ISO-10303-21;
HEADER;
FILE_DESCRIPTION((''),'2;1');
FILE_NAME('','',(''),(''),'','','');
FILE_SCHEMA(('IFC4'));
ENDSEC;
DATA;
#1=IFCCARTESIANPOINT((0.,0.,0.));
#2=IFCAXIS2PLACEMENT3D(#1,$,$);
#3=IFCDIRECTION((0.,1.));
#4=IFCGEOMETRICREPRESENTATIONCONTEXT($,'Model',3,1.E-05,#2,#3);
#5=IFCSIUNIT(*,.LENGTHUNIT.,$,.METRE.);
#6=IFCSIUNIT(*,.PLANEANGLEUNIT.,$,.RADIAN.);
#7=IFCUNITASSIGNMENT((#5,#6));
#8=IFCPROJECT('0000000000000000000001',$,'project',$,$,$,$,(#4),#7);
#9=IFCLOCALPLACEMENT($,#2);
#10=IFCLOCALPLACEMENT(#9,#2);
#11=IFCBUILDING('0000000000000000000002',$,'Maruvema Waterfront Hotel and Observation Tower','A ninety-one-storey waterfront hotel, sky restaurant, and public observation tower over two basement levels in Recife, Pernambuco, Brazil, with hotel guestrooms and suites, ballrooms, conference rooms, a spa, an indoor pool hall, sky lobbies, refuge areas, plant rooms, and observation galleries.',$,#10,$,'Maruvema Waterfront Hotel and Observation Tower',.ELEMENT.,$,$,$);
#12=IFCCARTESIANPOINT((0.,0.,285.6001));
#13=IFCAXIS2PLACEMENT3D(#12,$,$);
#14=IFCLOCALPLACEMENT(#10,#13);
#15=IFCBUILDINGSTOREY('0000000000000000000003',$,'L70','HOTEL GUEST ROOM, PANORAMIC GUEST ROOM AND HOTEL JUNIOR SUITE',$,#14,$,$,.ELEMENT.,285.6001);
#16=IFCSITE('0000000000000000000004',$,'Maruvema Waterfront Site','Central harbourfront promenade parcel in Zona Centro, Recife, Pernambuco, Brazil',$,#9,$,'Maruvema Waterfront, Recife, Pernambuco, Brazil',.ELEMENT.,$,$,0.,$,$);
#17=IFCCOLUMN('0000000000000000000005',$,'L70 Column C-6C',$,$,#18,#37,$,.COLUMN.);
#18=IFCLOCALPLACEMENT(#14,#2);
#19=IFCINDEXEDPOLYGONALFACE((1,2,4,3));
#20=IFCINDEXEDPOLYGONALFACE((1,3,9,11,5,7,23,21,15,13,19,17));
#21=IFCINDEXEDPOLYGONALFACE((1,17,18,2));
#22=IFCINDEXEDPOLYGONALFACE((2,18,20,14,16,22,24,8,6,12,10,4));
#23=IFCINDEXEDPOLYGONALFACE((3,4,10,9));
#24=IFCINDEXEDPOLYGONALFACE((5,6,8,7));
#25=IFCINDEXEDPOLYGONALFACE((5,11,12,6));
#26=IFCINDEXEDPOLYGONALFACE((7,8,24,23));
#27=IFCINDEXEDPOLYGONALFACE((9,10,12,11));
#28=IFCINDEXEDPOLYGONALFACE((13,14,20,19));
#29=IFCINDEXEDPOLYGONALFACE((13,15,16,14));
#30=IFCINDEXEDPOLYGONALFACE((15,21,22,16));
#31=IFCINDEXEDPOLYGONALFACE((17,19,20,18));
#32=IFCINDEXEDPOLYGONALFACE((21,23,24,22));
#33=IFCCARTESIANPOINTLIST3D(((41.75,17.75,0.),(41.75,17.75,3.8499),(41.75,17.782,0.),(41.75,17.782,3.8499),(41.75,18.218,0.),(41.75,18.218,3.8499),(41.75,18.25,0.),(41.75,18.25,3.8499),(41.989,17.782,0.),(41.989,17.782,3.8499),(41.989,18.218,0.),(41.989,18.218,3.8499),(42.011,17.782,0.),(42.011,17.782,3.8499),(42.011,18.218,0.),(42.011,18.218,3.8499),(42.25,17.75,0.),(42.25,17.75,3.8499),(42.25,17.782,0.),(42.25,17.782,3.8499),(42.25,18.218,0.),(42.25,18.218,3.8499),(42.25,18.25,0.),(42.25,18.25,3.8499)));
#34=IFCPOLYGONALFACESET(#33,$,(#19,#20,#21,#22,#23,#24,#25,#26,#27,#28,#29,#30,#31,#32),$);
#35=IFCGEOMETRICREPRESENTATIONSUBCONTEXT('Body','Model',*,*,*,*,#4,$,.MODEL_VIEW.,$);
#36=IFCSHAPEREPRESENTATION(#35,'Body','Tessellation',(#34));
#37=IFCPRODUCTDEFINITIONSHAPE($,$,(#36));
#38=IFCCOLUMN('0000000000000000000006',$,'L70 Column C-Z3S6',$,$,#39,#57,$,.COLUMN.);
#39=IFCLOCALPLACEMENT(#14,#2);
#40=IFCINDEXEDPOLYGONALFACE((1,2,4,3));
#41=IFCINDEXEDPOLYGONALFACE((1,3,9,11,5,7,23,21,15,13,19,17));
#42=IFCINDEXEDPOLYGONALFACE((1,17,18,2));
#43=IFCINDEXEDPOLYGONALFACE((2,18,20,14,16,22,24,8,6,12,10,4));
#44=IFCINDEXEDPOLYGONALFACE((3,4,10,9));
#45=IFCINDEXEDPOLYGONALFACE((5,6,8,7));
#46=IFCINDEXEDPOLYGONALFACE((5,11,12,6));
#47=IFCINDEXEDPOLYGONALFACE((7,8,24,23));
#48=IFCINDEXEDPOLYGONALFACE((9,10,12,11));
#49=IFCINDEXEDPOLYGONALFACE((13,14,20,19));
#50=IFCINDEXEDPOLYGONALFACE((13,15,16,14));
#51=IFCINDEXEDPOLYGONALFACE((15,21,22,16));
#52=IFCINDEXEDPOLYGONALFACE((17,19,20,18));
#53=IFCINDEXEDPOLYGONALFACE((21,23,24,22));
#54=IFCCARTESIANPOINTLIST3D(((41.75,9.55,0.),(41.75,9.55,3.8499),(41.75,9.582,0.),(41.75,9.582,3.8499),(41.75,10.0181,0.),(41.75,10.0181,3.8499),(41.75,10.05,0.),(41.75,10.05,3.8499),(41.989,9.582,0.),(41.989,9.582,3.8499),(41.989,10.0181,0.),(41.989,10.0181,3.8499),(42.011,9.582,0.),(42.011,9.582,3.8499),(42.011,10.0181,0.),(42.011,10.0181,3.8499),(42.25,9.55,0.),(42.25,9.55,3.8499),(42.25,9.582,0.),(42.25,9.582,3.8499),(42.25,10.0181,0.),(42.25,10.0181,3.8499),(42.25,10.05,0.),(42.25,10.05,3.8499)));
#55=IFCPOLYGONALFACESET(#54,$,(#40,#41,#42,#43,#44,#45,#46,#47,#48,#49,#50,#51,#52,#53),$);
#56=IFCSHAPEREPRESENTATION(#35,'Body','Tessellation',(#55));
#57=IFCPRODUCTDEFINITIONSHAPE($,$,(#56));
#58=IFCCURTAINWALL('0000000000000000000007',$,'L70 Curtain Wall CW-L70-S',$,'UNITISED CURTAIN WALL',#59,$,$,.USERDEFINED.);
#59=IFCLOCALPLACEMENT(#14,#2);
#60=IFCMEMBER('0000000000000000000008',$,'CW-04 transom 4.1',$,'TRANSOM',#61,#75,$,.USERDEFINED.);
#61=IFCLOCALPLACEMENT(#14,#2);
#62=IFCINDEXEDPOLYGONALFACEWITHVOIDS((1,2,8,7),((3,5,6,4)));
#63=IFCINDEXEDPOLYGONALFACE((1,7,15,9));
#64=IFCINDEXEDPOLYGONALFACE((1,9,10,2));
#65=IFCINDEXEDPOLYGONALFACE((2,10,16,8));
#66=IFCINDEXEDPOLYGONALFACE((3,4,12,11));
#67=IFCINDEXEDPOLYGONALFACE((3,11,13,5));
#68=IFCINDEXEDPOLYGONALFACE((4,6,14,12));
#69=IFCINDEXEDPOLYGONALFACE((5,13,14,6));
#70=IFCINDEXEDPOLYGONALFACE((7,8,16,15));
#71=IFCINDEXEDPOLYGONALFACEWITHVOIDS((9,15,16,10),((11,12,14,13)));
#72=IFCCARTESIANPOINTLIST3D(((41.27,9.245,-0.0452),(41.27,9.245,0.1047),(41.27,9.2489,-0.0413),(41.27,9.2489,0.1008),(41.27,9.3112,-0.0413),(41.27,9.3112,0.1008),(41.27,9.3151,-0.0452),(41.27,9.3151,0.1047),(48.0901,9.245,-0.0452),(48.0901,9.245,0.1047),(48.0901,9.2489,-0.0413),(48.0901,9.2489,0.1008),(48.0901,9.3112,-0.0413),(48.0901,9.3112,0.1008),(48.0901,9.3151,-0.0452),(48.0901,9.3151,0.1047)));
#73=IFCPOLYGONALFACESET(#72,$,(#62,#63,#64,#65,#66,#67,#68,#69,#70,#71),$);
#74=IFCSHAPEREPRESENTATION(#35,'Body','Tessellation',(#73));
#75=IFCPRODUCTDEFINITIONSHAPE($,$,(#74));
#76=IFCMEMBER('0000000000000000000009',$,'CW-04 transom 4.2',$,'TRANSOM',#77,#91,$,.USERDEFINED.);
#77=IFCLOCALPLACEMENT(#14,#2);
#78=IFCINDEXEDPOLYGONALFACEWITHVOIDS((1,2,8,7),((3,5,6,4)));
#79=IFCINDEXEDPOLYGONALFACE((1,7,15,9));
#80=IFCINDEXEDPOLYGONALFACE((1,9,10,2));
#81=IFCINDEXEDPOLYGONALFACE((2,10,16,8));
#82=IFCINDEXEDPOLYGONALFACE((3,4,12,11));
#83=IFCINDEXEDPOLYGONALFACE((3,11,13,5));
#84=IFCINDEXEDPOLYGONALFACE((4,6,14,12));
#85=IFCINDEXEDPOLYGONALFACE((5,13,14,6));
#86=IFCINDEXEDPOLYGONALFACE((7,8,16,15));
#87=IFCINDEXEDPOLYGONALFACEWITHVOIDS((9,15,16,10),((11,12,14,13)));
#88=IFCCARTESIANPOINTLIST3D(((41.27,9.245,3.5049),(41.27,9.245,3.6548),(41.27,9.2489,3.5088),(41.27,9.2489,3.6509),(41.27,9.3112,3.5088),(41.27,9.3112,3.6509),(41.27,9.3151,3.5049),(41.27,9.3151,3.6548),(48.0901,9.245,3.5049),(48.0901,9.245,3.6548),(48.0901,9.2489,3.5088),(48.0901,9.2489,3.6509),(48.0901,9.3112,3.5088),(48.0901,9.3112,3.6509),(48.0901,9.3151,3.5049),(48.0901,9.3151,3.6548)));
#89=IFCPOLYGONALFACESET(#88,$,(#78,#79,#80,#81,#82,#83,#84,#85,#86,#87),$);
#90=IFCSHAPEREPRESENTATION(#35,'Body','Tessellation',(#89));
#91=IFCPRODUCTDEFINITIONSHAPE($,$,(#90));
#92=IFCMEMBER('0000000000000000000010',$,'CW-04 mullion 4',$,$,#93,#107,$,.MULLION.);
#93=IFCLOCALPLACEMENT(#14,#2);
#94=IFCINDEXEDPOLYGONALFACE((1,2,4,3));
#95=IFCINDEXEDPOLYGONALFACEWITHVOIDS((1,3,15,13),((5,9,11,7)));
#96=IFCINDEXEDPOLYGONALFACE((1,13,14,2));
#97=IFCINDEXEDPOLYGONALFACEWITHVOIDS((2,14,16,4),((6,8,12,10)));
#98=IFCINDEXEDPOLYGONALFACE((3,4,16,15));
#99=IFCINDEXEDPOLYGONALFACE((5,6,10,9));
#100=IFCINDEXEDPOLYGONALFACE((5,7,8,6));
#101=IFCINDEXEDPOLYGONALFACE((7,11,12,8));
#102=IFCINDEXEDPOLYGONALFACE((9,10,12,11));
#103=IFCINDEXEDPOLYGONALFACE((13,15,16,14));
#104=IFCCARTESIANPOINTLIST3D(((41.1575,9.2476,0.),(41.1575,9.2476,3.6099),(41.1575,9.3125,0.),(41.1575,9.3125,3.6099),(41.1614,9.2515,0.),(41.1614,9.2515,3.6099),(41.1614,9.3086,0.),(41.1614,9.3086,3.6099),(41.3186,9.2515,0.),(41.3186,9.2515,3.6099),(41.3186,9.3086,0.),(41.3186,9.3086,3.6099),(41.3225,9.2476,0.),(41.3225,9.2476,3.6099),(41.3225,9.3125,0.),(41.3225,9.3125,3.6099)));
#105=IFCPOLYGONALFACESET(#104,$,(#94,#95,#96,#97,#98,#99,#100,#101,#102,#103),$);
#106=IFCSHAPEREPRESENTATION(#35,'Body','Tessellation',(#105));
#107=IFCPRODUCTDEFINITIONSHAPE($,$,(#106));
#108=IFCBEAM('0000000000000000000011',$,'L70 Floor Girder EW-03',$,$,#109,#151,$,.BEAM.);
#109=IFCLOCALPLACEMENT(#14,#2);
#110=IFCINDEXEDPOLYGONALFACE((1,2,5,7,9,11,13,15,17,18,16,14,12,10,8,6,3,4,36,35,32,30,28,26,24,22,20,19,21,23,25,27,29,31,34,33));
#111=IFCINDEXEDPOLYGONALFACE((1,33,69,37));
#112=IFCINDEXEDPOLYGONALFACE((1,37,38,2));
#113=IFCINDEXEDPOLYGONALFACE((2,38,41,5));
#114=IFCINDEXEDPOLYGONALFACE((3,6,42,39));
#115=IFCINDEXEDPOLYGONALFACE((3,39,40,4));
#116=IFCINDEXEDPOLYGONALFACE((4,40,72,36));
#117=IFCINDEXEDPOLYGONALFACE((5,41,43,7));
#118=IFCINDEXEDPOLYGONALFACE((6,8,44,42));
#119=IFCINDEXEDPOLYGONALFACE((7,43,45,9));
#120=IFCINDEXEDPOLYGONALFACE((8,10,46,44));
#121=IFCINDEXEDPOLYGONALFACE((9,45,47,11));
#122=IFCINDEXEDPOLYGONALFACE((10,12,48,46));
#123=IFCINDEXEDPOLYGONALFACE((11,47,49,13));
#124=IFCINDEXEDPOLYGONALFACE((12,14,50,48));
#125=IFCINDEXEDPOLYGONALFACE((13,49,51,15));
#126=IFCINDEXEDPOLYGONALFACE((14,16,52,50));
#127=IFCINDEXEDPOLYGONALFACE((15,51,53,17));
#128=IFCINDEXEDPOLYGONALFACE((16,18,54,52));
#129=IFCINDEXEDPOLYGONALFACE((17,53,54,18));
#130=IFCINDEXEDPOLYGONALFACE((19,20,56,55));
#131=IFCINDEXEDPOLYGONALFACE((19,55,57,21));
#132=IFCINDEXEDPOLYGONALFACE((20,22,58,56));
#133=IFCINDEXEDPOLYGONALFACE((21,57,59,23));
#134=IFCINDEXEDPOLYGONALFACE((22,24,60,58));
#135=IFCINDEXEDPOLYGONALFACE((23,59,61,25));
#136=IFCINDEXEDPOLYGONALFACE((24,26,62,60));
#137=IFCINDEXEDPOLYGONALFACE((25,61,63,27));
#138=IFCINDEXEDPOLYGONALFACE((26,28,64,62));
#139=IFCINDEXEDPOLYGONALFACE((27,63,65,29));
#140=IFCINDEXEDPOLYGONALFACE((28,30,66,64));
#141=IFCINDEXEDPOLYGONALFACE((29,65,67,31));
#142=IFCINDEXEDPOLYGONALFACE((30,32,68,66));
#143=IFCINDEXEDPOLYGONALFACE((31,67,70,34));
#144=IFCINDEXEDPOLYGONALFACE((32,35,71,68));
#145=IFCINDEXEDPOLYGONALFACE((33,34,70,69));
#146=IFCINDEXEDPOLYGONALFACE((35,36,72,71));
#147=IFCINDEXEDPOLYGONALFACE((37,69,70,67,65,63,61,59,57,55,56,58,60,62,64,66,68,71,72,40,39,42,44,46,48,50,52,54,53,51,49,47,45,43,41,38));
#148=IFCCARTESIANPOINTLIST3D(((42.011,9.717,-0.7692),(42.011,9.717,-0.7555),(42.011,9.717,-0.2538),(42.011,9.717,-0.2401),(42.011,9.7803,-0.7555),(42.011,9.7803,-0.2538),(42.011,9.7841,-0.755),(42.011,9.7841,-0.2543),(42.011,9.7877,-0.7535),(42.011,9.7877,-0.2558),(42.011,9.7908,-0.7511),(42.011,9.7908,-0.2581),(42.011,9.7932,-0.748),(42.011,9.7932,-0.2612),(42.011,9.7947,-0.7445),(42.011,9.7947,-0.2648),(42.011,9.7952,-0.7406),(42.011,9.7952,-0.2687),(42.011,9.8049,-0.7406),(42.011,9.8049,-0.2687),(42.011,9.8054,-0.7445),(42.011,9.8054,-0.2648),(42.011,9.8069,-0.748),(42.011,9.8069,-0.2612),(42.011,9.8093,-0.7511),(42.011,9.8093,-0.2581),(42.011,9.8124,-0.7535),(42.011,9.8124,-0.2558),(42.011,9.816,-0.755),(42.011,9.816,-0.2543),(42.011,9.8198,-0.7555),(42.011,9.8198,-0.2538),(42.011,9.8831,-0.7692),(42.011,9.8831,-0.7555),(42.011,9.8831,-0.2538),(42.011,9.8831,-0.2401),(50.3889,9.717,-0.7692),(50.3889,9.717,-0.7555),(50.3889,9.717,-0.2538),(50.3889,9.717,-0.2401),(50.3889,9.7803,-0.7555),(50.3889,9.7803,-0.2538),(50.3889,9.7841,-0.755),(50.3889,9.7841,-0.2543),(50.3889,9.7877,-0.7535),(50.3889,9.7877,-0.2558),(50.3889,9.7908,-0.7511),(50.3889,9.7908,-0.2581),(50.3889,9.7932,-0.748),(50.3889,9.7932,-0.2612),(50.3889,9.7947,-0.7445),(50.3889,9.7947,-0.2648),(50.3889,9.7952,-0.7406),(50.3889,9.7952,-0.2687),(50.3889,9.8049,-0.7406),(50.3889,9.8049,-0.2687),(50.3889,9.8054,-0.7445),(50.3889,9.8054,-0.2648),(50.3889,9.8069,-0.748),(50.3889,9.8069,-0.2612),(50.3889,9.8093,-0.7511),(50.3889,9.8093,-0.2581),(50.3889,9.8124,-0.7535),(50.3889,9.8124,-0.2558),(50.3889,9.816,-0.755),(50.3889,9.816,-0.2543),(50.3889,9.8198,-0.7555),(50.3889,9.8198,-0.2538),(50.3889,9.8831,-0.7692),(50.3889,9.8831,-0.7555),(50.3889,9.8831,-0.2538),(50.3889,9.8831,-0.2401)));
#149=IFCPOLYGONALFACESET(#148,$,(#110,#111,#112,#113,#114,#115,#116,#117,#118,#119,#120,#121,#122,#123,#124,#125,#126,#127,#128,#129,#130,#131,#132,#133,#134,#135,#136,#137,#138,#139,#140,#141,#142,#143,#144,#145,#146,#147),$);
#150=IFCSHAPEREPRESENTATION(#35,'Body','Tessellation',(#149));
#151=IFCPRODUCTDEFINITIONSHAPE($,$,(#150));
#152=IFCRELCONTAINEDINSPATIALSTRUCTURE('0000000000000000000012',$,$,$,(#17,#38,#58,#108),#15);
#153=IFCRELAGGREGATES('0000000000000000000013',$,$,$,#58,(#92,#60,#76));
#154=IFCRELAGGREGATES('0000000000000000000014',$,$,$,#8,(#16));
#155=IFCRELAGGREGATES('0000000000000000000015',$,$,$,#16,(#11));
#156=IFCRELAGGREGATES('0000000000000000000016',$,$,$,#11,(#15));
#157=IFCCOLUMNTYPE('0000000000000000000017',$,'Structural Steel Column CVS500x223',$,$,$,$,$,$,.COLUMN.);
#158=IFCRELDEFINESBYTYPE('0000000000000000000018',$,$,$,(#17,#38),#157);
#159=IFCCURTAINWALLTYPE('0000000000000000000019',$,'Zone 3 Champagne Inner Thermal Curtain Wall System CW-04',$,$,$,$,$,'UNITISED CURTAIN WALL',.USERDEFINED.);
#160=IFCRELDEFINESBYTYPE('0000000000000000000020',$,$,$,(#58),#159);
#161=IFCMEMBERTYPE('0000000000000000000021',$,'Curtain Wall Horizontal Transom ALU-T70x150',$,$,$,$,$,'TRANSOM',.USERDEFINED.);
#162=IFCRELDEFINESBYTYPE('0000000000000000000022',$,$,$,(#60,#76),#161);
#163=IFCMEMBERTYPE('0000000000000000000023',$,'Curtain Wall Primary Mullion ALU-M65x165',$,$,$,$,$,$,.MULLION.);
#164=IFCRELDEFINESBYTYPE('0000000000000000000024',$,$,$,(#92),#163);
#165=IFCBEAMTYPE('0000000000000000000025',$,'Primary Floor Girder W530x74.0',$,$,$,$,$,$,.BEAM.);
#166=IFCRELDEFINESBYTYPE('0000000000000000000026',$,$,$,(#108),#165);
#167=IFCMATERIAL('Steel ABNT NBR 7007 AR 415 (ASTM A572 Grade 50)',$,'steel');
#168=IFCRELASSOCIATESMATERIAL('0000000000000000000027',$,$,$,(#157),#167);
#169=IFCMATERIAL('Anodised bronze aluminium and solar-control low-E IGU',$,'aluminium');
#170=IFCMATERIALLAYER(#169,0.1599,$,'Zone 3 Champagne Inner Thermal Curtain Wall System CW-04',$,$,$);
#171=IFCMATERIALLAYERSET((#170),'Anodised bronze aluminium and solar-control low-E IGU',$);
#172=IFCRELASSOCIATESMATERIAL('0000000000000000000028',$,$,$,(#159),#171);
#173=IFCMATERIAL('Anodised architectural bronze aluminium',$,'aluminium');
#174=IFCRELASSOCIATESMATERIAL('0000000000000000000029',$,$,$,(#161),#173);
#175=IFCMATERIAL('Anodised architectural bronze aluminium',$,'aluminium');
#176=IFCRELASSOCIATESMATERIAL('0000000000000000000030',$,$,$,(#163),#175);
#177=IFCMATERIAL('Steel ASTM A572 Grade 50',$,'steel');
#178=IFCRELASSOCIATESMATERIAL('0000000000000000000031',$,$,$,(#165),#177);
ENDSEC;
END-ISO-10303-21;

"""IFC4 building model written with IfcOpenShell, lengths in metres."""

from ifc_helpers import new_model, si_unit, direction, frame, origin, origin_2d, place, context, subcontext, project, spatial, hollow_rectangle, i_section, extrude, material, layer, layer_set, material_profile, profile_set, type_object, element, aggregate, save


model = new_model("IFC4")

# Units and contexts
model_context = context("Model", 3, precision=1e-05, world=origin(), true_north=direction((0.0, 1.0)))
body_context = subcontext(model_context, "Body", "Model", "MODEL_VIEW")
ifc_project = project(units=[si_unit("LENGTHUNIT", "METRE"), si_unit("PLANEANGLEUNIT", "RADIAN")], contexts=[model_context])

# Site, building, storey
site_placement = place(None, origin())
site = spatial("IfcSite", under=ifc_project, at=site_placement, Name="Maruvema Waterfront Site", Description="Central harbourfront promenade parcel in Zona Centro, Recife, Pernambuco, Brazil", LongName="Maruvema Waterfront, Recife, Pernambuco, Brazil", CompositionType="ELEMENT", RefElevation=0.0)
building_placement = place(site_placement, origin())
building = spatial("IfcBuilding", under=site, at=building_placement, Name="Maruvema Waterfront Hotel and Observation Tower", Description="A ninety-one-storey waterfront hotel, sky restaurant, and public observation tower over two basement levels in Recife, Pernambuco, Brazil, with hotel guestrooms and suites, ballrooms, conference rooms, a spa, an indoor pool hall, sky lobbies, refuge areas, plant rooms, and observation galleries.", LongName="Maruvema Waterfront Hotel and Observation Tower", CompositionType="ELEMENT")
storey_placement = place(building_placement, frame((0.0, 0.0, 285.6001)))
storey = spatial("IfcBuildingStorey", under=building, at=storey_placement, Name="L70", Description="HOTEL GUEST ROOM, PANORAMIC GUEST ROOM AND HOTEL JUNIOR SUITE", CompositionType="ELEMENT", Elevation=285.6001)

# Columns
ifc_material_1 = material(Name="Steel ABNT NBR 7007 AR 415 (ASTM A572 Grade 50)", Category="steel")
ifc_material_profile_1 = material_profile(ifc_material_1, i_section(OverallWidth=0.5, OverallDepth=0.5, WebThickness=0.022, FlangeThickness=0.032, at=origin_2d()), Name="CVS500x223")
ifc_profile_set_1 = profile_set([ifc_material_profile_1], Name="Steel ABNT NBR 7007 AR 415 (ASTM A572 Grade 50)")
column_type = type_object("IfcColumnType", Name="Structural Steel Column CVS500x223", PredefinedType="COLUMN", material=ifc_profile_set_1)
for number, where, z_axis, x_axis, name in (
    (1, (42.0, 18.0, 0.0), (0.0, 0.0, 1.0), (1.0, 0.0, 0.0), "L70 Column C-6C"),
    (2, (42.0, 9.8, 0.0), (0.0, 0.0, 1.0), (1.0, 0.0, 0.0), "L70 Column C-Z3S6"),
):
    element("IfcColumn", number, at=place(storey_placement, frame(where, z_axis=z_axis, x_axis=x_axis)), inside=storey, type_object=column_type, Name=name, PredefinedType="COLUMN", context=body_context, shape_type="SweptSolid", body=[
        extrude(i_section(OverallWidth=0.5, OverallDepth=0.5, WebThickness=0.022, FlangeThickness=0.032, at=origin_2d()), origin(), (0.0, 0.0, 1.0), 3.8499),
    ])

# Curtain wall, members
ifc_material_2 = material(Name="Anodised bronze aluminium and solar-control low-E IGU", Category="aluminium")
ifc_layer_1 = layer(ifc_material_2, 0.1599, Name="Zone 3 Champagne Inner Thermal Curtain Wall System CW-04")
ifc_layer_set_1 = layer_set([ifc_layer_1], Name="Anodised bronze aluminium and solar-control low-E IGU")
curtain_wall_type = type_object("IfcCurtainWallType", Name="Zone 3 Champagne Inner Thermal Curtain Wall System CW-04", ElementType="UNITISED CURTAIN WALL", PredefinedType="USERDEFINED", material=ifc_layer_set_1)
curtain_wall_placement = place(storey_placement, origin())
curtain_wall = element("IfcCurtainWall", 3, at=curtain_wall_placement, inside=storey, type_object=curtain_wall_type, Name="L70 Curtain Wall CW-L70-S", ObjectType="UNITISED CURTAIN WALL", PredefinedType="USERDEFINED")
ifc_material_3 = material(Name="Anodised architectural bronze aluminium", Category="aluminium")
ifc_material_profile_2 = material_profile(ifc_material_3, hollow_rectangle(XDim=0.0701, YDim=0.1499, WallThickness=0.0039, at=origin_2d()), Name="ALU-T70x150")
ifc_profile_set_2 = profile_set([ifc_material_profile_2], Name="Anodised architectural bronze aluminium")
member_type_1 = type_object("IfcMemberType", Name="Curtain Wall Horizontal Transom ALU-T70x150", ElementType="TRANSOM", PredefinedType="USERDEFINED", material=ifc_profile_set_2)
member_1_placement = place(storey_placement, frame((41.27, 9.28, 0.0298), z_axis=(1.0, 0.0, 0.0), x_axis=(0.0, 1.0, 0.0)))
member_1 = element("IfcMember", 4, at=member_1_placement, type_object=member_type_1, Name="CW-04 transom 4.1", ObjectType="TRANSOM", PredefinedType="USERDEFINED", context=body_context, shape_type="SweptSolid", body=[
    extrude(hollow_rectangle(XDim=0.0701, YDim=0.1499, WallThickness=0.0039, at=origin_2d()), origin(), (0.0, 0.0, 1.0), 6.8201),
])
member_2_placement = place(storey_placement, frame((41.27, 9.28, 3.5798), z_axis=(1.0, 0.0, 0.0), x_axis=(0.0, 1.0, 0.0)))
member_2 = element("IfcMember", 5, at=member_2_placement, type_object=member_type_1, Name="CW-04 transom 4.2", ObjectType="TRANSOM", PredefinedType="USERDEFINED", context=body_context, shape_type="SweptSolid", body=[
    extrude(hollow_rectangle(XDim=0.0701, YDim=0.1499, WallThickness=0.0039, at=origin_2d()), origin(), (0.0, 0.0, 1.0), 6.8201),
])
ifc_material_4 = material(Name="Anodised architectural bronze aluminium", Category="aluminium")
ifc_material_profile_3 = material_profile(ifc_material_4, hollow_rectangle(XDim=0.0649, YDim=0.165, WallThickness=0.0039, at=origin_2d()), Name="ALU-M65x165")
ifc_profile_set_3 = profile_set([ifc_material_profile_3], Name="Anodised architectural bronze aluminium")
member_type_2 = type_object("IfcMemberType", Name="Curtain Wall Primary Mullion ALU-M65x165", PredefinedType="MULLION", material=ifc_profile_set_3)
member_3_placement = place(storey_placement, frame((41.24, 9.28, 0.0), z_axis=(0.0, 0.0, 1.0), x_axis=(0.0, 1.0, 0.0)))
member_3 = element("IfcMember", 6, at=member_3_placement, type_object=member_type_2, Name="CW-04 mullion 4", PredefinedType="MULLION", context=body_context, shape_type="SweptSolid", body=[
    extrude(hollow_rectangle(XDim=0.0649, YDim=0.165, WallThickness=0.0039, at=origin_2d()), origin(), (0.0, 0.0, 1.0), 3.6099),
])

# Beam
ifc_material_5 = material(Name="Steel ASTM A572 Grade 50", Category="steel")
ifc_material_profile_4 = material_profile(ifc_material_5, i_section(OverallWidth=0.166, OverallDepth=0.5291, WebThickness=0.0098, FlangeThickness=0.0137, FilletRadius=0.0149, at=origin_2d()), Name="W530x74.0")
ifc_profile_set_4 = profile_set([ifc_material_profile_4], Name="Steel ASTM A572 Grade 50")
beam_type_1 = type_object("IfcBeamType", Name="Primary Floor Girder W530x74.0", PredefinedType="BEAM", material=ifc_profile_set_4)
beam_1_placement = place(storey_placement, frame((42.011, 9.8, -0.5046), z_axis=(1.0, 0.0, 0.0), x_axis=(0.0, 1.0, 0.0)))
element("IfcBeam", 7, at=beam_1_placement, inside=storey, type_object=beam_type_1, Name="L70 Floor Girder EW-03", PredefinedType="BEAM", context=body_context, shape_type="SweptSolid", body=[
    extrude(i_section(OverallWidth=0.166, OverallDepth=0.5291, WebThickness=0.0098, FlangeThickness=0.0137, FilletRadius=0.0149, at=origin_2d()), origin(), (0.0, 0.0, 1.0), 8.3779),
])

aggregate(curtain_wall, [member_3, member_1, member_2])

save(model, "model.ifc")
